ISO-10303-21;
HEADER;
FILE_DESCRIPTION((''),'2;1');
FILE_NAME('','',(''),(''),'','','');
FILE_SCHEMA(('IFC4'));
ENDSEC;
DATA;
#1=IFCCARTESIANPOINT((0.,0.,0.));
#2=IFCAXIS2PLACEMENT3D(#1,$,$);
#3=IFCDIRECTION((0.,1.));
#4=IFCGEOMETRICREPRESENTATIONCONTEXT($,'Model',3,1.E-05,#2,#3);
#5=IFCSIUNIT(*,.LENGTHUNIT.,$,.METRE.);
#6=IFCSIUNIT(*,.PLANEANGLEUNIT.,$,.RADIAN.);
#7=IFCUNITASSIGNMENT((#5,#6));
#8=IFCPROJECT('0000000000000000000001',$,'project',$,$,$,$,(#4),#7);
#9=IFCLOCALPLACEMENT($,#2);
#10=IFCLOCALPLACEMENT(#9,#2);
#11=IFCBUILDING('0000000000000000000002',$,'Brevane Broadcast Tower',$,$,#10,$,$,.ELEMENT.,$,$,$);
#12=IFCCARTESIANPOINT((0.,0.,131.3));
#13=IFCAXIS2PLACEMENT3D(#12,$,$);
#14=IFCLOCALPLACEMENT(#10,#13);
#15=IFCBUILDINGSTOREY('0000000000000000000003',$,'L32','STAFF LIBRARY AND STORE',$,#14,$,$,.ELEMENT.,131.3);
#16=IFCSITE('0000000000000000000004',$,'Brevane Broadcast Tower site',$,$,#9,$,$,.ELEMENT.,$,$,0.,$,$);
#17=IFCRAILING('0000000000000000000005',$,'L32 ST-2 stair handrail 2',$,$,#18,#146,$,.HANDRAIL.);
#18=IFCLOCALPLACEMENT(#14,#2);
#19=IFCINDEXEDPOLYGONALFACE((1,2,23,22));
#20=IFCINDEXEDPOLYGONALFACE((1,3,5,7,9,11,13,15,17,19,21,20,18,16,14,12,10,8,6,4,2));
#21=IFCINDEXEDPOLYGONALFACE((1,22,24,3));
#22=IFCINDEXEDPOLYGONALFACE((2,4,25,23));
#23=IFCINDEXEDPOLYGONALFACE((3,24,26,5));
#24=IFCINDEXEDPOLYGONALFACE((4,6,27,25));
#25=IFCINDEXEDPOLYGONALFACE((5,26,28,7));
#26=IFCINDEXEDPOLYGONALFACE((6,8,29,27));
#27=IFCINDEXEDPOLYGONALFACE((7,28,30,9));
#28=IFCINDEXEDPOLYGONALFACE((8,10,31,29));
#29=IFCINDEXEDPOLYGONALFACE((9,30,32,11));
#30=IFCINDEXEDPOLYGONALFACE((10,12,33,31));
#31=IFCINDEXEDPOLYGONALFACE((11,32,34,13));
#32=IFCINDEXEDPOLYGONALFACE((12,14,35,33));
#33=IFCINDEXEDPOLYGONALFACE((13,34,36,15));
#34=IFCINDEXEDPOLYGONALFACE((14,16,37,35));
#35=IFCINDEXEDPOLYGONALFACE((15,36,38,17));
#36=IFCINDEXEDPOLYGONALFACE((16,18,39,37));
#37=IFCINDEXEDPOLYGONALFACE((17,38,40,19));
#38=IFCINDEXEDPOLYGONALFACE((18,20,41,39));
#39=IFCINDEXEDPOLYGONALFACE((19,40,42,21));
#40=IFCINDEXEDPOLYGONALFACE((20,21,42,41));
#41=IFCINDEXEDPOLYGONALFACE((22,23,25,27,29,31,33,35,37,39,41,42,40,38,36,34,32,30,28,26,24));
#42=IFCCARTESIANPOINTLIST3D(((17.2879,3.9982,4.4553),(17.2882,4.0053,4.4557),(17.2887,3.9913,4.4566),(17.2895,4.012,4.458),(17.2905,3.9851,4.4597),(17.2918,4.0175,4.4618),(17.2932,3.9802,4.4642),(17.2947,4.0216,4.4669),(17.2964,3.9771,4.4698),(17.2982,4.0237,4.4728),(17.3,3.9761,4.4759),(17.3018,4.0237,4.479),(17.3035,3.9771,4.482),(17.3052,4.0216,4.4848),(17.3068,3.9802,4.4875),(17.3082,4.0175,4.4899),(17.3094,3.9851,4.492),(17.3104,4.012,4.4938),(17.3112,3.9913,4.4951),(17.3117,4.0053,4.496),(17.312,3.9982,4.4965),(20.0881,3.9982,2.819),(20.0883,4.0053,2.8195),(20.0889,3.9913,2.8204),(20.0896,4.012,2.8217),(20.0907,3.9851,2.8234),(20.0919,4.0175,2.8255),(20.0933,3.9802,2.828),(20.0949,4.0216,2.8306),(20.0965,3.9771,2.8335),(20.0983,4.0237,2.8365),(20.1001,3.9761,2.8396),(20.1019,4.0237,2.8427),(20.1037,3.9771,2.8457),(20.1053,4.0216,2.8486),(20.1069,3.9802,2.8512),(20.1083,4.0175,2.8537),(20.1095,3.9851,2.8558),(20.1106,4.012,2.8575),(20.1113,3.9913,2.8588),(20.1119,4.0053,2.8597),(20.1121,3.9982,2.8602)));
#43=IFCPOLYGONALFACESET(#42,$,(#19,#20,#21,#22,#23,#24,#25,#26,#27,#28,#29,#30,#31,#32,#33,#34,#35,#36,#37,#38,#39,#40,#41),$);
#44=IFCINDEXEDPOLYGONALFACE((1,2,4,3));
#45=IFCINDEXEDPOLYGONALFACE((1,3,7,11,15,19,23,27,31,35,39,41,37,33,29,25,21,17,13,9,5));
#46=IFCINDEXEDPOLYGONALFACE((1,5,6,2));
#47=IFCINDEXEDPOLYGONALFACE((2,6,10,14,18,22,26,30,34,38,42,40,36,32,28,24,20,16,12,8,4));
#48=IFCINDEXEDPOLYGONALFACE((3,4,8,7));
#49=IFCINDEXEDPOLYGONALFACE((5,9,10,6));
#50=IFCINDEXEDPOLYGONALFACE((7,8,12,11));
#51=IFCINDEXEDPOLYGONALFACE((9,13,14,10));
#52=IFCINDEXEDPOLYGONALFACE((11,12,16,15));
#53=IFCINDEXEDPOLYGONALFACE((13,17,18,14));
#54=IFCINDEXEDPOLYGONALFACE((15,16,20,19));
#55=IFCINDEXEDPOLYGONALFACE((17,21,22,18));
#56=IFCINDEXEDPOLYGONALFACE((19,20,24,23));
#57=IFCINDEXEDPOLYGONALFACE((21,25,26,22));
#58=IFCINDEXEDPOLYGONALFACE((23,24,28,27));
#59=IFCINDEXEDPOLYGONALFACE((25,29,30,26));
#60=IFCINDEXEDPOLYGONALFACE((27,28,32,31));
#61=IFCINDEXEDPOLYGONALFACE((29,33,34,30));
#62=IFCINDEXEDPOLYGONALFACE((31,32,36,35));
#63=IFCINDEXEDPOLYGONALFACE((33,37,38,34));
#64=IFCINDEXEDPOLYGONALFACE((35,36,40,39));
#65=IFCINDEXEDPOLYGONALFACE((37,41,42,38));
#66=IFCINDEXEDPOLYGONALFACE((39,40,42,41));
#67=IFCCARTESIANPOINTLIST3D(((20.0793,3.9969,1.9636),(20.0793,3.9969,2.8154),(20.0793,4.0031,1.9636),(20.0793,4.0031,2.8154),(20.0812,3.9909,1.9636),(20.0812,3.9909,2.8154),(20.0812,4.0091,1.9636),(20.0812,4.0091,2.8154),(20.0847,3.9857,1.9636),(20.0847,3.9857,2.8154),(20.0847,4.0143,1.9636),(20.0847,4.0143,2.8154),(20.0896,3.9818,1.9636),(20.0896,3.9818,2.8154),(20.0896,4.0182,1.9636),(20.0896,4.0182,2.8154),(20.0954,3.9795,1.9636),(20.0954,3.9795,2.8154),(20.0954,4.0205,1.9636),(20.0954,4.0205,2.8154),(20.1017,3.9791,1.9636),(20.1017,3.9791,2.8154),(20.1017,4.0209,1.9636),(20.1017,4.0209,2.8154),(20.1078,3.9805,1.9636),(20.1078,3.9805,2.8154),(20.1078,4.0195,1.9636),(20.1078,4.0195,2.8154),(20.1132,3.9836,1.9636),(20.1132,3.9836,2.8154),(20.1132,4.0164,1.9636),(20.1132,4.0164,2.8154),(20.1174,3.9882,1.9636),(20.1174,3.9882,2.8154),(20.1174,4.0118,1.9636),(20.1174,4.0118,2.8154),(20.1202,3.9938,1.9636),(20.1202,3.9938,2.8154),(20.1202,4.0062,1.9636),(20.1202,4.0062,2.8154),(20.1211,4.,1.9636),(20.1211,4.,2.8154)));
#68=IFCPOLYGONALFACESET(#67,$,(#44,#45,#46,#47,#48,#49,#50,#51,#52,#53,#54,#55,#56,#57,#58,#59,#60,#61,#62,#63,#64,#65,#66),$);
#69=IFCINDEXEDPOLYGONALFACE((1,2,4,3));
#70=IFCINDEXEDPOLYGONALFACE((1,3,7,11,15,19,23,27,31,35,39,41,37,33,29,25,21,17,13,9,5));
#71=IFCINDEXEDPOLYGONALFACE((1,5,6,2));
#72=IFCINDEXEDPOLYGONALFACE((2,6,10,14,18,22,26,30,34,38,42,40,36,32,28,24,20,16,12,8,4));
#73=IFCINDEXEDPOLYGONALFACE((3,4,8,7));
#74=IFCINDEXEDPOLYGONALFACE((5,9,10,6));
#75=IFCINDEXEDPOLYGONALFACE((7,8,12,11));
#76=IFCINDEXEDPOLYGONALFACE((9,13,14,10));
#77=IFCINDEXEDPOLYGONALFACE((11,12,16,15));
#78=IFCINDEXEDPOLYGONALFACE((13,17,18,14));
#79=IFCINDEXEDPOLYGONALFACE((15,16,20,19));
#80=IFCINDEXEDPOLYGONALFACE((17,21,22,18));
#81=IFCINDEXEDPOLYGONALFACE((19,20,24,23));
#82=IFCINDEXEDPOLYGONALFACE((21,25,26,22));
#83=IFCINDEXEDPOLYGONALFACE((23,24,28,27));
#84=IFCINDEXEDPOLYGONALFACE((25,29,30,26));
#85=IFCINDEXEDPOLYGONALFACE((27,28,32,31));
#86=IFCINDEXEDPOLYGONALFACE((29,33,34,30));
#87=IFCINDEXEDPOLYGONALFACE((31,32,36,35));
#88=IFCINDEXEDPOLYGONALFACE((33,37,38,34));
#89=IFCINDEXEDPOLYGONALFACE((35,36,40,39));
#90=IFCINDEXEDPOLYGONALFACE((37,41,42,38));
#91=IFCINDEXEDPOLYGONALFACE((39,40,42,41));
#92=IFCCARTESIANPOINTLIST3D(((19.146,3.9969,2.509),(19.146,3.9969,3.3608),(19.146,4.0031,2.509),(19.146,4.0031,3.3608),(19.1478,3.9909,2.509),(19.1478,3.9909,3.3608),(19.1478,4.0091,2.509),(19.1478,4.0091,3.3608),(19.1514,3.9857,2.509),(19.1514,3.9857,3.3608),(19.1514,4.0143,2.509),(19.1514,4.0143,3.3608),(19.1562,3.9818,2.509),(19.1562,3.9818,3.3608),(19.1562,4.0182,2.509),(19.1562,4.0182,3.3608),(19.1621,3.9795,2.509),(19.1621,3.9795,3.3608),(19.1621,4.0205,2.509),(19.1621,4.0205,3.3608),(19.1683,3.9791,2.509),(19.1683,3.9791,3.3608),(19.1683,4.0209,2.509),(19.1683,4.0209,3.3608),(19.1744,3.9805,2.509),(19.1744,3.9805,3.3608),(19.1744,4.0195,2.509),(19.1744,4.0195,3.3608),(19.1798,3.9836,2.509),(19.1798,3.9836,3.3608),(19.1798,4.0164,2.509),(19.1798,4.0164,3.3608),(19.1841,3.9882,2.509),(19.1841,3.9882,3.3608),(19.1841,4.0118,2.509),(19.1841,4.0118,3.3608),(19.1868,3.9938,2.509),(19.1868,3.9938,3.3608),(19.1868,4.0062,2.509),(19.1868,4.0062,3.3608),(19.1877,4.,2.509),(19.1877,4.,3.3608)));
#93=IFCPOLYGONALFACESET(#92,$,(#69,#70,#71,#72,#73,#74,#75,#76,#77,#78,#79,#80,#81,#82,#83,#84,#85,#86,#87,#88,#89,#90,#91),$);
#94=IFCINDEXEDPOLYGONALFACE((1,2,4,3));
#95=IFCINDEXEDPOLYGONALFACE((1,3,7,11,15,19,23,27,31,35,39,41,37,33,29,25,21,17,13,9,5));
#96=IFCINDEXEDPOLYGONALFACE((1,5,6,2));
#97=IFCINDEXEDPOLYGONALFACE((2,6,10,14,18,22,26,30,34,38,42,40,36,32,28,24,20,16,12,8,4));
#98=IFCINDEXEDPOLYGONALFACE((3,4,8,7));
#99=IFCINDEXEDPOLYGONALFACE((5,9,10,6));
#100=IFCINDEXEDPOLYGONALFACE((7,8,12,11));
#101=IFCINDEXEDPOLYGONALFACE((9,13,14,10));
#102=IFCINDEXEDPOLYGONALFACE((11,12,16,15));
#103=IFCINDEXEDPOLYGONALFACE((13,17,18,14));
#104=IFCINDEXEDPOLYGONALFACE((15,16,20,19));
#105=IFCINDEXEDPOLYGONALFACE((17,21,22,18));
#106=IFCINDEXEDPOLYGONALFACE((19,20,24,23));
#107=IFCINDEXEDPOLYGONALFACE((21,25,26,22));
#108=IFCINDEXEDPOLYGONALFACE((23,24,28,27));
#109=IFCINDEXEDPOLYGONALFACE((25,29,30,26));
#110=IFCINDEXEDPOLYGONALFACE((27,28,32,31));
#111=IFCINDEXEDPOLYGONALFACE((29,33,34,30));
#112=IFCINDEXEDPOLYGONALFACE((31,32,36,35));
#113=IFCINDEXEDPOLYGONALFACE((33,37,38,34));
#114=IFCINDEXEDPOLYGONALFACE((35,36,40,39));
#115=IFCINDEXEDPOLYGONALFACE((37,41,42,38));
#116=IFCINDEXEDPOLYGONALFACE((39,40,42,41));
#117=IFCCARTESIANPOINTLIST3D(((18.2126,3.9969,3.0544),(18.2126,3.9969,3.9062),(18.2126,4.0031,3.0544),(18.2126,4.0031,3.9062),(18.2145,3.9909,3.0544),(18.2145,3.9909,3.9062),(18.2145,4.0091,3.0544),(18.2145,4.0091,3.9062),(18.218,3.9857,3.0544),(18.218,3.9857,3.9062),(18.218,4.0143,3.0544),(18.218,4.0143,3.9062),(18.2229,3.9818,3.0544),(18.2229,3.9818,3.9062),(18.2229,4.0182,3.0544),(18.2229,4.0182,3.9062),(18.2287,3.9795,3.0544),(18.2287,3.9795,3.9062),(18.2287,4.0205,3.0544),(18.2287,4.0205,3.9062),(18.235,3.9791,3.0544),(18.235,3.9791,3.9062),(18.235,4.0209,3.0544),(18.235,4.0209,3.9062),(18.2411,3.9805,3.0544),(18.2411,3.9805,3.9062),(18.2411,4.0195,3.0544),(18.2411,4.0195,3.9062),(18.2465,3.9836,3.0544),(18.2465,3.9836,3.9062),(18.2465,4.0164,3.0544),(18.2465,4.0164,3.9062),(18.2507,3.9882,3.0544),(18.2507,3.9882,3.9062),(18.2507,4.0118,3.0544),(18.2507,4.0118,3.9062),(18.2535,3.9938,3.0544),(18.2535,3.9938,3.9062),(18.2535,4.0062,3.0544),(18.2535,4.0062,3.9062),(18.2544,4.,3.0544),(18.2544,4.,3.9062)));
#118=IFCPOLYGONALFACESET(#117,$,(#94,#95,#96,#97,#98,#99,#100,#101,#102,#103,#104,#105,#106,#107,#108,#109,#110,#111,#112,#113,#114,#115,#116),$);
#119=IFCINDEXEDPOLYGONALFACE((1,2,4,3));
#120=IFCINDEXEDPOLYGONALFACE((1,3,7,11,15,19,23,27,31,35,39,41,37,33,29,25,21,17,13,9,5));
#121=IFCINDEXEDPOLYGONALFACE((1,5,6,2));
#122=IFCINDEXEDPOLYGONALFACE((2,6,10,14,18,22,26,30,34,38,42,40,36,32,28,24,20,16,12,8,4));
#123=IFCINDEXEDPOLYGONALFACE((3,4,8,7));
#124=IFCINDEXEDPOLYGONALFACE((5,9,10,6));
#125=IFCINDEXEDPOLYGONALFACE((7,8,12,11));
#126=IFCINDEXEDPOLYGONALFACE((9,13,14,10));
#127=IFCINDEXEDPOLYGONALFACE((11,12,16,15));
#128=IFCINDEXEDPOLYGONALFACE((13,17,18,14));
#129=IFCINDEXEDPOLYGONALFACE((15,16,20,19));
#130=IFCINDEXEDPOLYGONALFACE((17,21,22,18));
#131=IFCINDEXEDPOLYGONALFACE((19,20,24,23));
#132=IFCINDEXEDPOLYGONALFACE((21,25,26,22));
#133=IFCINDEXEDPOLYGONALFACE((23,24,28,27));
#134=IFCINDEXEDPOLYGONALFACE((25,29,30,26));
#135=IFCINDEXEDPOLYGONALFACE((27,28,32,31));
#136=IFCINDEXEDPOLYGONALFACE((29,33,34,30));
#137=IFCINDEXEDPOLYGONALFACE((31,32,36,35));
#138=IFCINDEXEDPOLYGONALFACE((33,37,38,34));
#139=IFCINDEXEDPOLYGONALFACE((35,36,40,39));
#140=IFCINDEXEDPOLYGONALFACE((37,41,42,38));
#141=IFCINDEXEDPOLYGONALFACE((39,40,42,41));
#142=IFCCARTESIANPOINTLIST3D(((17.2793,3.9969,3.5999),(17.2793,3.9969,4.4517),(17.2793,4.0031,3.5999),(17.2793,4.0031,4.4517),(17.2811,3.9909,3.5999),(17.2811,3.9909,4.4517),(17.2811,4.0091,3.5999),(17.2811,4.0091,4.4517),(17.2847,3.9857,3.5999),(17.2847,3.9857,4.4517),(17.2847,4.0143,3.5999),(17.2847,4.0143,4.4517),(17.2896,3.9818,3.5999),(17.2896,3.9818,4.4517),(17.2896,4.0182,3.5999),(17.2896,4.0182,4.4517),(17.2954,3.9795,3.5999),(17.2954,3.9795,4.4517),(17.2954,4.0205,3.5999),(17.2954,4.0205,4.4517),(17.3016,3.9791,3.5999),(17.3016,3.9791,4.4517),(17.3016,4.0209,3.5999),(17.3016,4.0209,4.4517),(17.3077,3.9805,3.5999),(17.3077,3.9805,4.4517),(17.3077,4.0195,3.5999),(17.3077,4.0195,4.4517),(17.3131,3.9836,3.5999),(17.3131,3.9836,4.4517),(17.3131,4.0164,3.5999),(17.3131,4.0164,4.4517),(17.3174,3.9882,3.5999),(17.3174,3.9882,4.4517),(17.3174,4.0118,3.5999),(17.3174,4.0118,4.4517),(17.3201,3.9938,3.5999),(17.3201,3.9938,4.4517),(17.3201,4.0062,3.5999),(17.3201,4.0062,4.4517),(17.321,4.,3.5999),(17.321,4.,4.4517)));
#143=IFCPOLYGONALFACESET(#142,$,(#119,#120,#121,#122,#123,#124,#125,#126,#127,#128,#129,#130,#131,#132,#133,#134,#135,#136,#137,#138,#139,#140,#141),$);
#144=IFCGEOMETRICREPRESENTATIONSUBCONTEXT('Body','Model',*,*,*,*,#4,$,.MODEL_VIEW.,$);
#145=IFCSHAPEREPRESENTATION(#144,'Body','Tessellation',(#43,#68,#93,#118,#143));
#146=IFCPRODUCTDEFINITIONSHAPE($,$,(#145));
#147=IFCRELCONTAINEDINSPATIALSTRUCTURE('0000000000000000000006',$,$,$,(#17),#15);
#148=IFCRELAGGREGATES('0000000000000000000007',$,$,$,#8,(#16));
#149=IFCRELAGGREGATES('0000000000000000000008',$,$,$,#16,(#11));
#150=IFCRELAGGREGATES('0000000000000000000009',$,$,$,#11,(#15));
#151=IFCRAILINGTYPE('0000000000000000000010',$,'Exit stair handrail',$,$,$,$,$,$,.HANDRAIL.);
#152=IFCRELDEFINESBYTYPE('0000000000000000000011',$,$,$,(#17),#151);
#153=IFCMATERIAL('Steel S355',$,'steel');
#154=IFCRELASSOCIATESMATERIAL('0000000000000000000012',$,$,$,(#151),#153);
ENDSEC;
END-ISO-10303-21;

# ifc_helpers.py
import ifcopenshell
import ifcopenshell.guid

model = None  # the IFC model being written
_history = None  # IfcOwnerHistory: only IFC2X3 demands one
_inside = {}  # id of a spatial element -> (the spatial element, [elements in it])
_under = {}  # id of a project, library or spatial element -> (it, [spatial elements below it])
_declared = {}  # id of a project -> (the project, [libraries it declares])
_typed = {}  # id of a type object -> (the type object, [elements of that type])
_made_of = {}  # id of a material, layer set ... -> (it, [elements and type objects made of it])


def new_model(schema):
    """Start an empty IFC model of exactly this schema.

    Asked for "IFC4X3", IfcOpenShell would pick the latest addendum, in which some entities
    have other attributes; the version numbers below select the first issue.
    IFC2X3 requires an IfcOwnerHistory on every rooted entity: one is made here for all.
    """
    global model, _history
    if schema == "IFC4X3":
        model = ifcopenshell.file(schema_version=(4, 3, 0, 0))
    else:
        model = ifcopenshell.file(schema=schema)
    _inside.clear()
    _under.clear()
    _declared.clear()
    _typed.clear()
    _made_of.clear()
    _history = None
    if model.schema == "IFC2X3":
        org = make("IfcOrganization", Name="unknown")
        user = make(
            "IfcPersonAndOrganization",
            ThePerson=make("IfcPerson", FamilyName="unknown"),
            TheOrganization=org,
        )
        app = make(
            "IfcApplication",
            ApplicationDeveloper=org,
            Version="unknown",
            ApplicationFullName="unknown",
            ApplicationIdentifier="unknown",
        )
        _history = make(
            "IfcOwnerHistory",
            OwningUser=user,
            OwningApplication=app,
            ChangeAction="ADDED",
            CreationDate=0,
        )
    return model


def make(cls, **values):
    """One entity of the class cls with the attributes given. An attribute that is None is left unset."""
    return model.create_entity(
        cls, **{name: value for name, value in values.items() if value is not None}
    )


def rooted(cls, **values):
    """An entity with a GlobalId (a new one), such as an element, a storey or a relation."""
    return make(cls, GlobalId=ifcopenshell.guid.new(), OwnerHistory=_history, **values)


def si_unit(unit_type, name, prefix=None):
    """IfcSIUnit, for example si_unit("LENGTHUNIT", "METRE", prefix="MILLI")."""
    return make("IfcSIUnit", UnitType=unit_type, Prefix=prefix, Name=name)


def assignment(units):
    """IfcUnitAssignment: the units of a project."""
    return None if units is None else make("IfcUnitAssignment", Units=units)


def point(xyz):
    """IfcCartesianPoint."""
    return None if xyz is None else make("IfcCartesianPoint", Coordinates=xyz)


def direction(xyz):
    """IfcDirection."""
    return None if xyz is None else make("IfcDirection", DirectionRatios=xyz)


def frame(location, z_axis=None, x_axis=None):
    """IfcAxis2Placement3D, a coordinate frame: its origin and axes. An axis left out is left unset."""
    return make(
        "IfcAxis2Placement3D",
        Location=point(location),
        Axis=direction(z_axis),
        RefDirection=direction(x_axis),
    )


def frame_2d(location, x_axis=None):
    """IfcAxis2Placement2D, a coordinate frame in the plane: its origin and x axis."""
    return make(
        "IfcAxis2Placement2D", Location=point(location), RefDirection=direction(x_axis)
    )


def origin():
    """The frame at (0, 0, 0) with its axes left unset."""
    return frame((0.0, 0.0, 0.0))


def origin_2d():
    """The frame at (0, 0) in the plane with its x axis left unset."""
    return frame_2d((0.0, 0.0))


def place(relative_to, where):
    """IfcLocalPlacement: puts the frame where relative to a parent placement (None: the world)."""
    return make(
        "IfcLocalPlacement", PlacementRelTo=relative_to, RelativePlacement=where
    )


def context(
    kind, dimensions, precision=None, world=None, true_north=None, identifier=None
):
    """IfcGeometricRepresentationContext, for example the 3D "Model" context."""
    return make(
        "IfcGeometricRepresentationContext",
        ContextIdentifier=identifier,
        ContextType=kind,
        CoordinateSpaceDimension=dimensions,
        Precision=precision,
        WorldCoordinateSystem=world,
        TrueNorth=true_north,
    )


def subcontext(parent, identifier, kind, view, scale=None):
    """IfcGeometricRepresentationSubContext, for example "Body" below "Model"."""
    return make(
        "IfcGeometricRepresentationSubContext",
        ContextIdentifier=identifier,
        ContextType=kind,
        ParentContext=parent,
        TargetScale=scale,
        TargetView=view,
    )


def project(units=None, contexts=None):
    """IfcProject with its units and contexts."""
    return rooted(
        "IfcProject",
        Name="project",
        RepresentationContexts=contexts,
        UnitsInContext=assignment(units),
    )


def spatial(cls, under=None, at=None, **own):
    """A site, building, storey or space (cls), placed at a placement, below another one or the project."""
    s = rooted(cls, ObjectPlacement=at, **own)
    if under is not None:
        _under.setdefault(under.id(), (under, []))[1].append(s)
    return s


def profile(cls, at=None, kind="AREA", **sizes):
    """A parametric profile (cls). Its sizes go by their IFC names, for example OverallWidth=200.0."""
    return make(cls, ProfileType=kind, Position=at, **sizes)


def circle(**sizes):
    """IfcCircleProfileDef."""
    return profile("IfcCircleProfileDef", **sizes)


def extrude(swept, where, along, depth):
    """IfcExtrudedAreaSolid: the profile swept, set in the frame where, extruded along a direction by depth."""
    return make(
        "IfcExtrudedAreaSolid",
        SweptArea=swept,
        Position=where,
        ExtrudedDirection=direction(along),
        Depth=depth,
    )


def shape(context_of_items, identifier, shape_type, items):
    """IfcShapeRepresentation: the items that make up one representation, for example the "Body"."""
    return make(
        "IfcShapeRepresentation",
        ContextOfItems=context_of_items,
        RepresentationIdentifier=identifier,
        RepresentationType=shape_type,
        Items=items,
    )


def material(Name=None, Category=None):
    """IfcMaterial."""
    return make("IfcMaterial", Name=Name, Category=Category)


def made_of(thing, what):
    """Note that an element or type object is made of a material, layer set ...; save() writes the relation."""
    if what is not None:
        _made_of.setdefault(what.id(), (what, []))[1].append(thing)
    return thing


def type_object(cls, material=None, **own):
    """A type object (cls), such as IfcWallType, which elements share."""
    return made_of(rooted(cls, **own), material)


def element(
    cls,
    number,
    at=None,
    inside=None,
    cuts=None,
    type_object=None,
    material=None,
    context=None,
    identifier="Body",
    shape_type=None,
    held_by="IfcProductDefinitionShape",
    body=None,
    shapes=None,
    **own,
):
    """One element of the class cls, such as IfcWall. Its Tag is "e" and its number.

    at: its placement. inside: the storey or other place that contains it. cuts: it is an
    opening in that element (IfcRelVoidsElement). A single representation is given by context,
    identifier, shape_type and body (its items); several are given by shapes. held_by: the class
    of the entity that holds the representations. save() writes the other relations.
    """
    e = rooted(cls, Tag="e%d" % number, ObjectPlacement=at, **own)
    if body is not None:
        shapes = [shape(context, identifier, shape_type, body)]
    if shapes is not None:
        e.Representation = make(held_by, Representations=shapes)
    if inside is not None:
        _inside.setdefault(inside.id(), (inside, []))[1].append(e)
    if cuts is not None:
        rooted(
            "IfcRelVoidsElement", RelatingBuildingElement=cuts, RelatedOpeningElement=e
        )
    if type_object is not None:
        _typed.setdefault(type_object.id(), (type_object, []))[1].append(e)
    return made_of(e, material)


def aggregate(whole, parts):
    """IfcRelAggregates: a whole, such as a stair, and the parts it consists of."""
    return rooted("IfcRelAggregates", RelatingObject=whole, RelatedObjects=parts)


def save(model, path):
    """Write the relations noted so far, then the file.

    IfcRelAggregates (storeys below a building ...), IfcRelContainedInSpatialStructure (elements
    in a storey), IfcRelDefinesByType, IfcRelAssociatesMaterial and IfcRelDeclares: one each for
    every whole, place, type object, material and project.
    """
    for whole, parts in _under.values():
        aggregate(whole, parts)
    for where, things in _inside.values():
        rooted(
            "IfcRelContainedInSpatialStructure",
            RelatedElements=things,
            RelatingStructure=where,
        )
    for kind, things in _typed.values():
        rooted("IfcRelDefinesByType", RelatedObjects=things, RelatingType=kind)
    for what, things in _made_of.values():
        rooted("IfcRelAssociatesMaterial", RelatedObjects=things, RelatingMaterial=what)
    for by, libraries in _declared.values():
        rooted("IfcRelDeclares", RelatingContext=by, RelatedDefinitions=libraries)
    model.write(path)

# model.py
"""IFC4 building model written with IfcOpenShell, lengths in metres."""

from ifc_helpers import new_model, si_unit, direction, frame, origin, origin_2d, place, context, subcontext, project, spatial, circle, extrude, material, type_object, element, save


model = new_model("IFC4")

# Units and contexts
model_context = context("Model", 3, precision=1e-05, world=origin(), true_north=direction((0.0, 1.0)))
body_context = subcontext(model_context, "Body", "Model", "MODEL_VIEW")
ifc_project = project(units=[si_unit("LENGTHUNIT", "METRE"), si_unit("PLANEANGLEUNIT", "RADIAN")], contexts=[model_context])

# Site, building, storey
site_placement = place(None, origin())
site = spatial("IfcSite", under=ifc_project, at=site_placement, Name="Brevane Broadcast Tower site", CompositionType="ELEMENT", RefElevation=0.0)
building_placement = place(site_placement, origin())
building = spatial("IfcBuilding", under=site, at=building_placement, Name="Brevane Broadcast Tower", CompositionType="ELEMENT")
storey_placement = place(building_placement, frame((0.0, 0.0, 131.3)))
storey = spatial("IfcBuildingStorey", under=building, at=storey_placement, Name="L32", Description="STAFF LIBRARY AND STORE", CompositionType="ELEMENT", Elevation=131.3)

# Railing
ifc_material_1 = material(Name="Steel S355", Category="steel")
railing_type_1 = type_object("IfcRailingType", Name="Exit stair handrail", PredefinedType="HANDRAIL", material=ifc_material_1)
railing_1_placement = place(storey_placement, frame((20.1001, 4.0, 1.9636)))
element("IfcRailing", 1, at=railing_1_placement, inside=storey, type_object=railing_type_1, Name="L32 ST-2 stair handrail 2", PredefinedType="HANDRAIL", context=body_context, shape_type="SweptSolid", body=[
    extrude(circle(Radius=0.0239, at=origin_2d()), frame((0.0, 0.0, 0.876), z_axis=(-0.863394, 0.0, 0.504531), x_axis=(0.0, -1.0, 0.0)), (0.0, 0.0, 1.0), 3.2432),
    extrude(circle(Radius=0.021, at=origin_2d()), origin(), (0.0, 0.0, 1.0), 0.8518),
    extrude(circle(Radius=0.021, at=origin_2d()), frame((-0.9333, 0.0, 0.5454)), (0.0, 0.0, 1.0), 0.8518),
    extrude(circle(Radius=0.021, at=origin_2d()), frame((-1.8667, 0.0, 1.0908)), (0.0, 0.0, 1.0), 0.8518),
    extrude(circle(Radius=0.021, at=origin_2d()), frame((-2.8, 0.0, 1.6362)), (0.0, 0.0, 1.0), 0.8518),
])

save(model, "model.ifc")
